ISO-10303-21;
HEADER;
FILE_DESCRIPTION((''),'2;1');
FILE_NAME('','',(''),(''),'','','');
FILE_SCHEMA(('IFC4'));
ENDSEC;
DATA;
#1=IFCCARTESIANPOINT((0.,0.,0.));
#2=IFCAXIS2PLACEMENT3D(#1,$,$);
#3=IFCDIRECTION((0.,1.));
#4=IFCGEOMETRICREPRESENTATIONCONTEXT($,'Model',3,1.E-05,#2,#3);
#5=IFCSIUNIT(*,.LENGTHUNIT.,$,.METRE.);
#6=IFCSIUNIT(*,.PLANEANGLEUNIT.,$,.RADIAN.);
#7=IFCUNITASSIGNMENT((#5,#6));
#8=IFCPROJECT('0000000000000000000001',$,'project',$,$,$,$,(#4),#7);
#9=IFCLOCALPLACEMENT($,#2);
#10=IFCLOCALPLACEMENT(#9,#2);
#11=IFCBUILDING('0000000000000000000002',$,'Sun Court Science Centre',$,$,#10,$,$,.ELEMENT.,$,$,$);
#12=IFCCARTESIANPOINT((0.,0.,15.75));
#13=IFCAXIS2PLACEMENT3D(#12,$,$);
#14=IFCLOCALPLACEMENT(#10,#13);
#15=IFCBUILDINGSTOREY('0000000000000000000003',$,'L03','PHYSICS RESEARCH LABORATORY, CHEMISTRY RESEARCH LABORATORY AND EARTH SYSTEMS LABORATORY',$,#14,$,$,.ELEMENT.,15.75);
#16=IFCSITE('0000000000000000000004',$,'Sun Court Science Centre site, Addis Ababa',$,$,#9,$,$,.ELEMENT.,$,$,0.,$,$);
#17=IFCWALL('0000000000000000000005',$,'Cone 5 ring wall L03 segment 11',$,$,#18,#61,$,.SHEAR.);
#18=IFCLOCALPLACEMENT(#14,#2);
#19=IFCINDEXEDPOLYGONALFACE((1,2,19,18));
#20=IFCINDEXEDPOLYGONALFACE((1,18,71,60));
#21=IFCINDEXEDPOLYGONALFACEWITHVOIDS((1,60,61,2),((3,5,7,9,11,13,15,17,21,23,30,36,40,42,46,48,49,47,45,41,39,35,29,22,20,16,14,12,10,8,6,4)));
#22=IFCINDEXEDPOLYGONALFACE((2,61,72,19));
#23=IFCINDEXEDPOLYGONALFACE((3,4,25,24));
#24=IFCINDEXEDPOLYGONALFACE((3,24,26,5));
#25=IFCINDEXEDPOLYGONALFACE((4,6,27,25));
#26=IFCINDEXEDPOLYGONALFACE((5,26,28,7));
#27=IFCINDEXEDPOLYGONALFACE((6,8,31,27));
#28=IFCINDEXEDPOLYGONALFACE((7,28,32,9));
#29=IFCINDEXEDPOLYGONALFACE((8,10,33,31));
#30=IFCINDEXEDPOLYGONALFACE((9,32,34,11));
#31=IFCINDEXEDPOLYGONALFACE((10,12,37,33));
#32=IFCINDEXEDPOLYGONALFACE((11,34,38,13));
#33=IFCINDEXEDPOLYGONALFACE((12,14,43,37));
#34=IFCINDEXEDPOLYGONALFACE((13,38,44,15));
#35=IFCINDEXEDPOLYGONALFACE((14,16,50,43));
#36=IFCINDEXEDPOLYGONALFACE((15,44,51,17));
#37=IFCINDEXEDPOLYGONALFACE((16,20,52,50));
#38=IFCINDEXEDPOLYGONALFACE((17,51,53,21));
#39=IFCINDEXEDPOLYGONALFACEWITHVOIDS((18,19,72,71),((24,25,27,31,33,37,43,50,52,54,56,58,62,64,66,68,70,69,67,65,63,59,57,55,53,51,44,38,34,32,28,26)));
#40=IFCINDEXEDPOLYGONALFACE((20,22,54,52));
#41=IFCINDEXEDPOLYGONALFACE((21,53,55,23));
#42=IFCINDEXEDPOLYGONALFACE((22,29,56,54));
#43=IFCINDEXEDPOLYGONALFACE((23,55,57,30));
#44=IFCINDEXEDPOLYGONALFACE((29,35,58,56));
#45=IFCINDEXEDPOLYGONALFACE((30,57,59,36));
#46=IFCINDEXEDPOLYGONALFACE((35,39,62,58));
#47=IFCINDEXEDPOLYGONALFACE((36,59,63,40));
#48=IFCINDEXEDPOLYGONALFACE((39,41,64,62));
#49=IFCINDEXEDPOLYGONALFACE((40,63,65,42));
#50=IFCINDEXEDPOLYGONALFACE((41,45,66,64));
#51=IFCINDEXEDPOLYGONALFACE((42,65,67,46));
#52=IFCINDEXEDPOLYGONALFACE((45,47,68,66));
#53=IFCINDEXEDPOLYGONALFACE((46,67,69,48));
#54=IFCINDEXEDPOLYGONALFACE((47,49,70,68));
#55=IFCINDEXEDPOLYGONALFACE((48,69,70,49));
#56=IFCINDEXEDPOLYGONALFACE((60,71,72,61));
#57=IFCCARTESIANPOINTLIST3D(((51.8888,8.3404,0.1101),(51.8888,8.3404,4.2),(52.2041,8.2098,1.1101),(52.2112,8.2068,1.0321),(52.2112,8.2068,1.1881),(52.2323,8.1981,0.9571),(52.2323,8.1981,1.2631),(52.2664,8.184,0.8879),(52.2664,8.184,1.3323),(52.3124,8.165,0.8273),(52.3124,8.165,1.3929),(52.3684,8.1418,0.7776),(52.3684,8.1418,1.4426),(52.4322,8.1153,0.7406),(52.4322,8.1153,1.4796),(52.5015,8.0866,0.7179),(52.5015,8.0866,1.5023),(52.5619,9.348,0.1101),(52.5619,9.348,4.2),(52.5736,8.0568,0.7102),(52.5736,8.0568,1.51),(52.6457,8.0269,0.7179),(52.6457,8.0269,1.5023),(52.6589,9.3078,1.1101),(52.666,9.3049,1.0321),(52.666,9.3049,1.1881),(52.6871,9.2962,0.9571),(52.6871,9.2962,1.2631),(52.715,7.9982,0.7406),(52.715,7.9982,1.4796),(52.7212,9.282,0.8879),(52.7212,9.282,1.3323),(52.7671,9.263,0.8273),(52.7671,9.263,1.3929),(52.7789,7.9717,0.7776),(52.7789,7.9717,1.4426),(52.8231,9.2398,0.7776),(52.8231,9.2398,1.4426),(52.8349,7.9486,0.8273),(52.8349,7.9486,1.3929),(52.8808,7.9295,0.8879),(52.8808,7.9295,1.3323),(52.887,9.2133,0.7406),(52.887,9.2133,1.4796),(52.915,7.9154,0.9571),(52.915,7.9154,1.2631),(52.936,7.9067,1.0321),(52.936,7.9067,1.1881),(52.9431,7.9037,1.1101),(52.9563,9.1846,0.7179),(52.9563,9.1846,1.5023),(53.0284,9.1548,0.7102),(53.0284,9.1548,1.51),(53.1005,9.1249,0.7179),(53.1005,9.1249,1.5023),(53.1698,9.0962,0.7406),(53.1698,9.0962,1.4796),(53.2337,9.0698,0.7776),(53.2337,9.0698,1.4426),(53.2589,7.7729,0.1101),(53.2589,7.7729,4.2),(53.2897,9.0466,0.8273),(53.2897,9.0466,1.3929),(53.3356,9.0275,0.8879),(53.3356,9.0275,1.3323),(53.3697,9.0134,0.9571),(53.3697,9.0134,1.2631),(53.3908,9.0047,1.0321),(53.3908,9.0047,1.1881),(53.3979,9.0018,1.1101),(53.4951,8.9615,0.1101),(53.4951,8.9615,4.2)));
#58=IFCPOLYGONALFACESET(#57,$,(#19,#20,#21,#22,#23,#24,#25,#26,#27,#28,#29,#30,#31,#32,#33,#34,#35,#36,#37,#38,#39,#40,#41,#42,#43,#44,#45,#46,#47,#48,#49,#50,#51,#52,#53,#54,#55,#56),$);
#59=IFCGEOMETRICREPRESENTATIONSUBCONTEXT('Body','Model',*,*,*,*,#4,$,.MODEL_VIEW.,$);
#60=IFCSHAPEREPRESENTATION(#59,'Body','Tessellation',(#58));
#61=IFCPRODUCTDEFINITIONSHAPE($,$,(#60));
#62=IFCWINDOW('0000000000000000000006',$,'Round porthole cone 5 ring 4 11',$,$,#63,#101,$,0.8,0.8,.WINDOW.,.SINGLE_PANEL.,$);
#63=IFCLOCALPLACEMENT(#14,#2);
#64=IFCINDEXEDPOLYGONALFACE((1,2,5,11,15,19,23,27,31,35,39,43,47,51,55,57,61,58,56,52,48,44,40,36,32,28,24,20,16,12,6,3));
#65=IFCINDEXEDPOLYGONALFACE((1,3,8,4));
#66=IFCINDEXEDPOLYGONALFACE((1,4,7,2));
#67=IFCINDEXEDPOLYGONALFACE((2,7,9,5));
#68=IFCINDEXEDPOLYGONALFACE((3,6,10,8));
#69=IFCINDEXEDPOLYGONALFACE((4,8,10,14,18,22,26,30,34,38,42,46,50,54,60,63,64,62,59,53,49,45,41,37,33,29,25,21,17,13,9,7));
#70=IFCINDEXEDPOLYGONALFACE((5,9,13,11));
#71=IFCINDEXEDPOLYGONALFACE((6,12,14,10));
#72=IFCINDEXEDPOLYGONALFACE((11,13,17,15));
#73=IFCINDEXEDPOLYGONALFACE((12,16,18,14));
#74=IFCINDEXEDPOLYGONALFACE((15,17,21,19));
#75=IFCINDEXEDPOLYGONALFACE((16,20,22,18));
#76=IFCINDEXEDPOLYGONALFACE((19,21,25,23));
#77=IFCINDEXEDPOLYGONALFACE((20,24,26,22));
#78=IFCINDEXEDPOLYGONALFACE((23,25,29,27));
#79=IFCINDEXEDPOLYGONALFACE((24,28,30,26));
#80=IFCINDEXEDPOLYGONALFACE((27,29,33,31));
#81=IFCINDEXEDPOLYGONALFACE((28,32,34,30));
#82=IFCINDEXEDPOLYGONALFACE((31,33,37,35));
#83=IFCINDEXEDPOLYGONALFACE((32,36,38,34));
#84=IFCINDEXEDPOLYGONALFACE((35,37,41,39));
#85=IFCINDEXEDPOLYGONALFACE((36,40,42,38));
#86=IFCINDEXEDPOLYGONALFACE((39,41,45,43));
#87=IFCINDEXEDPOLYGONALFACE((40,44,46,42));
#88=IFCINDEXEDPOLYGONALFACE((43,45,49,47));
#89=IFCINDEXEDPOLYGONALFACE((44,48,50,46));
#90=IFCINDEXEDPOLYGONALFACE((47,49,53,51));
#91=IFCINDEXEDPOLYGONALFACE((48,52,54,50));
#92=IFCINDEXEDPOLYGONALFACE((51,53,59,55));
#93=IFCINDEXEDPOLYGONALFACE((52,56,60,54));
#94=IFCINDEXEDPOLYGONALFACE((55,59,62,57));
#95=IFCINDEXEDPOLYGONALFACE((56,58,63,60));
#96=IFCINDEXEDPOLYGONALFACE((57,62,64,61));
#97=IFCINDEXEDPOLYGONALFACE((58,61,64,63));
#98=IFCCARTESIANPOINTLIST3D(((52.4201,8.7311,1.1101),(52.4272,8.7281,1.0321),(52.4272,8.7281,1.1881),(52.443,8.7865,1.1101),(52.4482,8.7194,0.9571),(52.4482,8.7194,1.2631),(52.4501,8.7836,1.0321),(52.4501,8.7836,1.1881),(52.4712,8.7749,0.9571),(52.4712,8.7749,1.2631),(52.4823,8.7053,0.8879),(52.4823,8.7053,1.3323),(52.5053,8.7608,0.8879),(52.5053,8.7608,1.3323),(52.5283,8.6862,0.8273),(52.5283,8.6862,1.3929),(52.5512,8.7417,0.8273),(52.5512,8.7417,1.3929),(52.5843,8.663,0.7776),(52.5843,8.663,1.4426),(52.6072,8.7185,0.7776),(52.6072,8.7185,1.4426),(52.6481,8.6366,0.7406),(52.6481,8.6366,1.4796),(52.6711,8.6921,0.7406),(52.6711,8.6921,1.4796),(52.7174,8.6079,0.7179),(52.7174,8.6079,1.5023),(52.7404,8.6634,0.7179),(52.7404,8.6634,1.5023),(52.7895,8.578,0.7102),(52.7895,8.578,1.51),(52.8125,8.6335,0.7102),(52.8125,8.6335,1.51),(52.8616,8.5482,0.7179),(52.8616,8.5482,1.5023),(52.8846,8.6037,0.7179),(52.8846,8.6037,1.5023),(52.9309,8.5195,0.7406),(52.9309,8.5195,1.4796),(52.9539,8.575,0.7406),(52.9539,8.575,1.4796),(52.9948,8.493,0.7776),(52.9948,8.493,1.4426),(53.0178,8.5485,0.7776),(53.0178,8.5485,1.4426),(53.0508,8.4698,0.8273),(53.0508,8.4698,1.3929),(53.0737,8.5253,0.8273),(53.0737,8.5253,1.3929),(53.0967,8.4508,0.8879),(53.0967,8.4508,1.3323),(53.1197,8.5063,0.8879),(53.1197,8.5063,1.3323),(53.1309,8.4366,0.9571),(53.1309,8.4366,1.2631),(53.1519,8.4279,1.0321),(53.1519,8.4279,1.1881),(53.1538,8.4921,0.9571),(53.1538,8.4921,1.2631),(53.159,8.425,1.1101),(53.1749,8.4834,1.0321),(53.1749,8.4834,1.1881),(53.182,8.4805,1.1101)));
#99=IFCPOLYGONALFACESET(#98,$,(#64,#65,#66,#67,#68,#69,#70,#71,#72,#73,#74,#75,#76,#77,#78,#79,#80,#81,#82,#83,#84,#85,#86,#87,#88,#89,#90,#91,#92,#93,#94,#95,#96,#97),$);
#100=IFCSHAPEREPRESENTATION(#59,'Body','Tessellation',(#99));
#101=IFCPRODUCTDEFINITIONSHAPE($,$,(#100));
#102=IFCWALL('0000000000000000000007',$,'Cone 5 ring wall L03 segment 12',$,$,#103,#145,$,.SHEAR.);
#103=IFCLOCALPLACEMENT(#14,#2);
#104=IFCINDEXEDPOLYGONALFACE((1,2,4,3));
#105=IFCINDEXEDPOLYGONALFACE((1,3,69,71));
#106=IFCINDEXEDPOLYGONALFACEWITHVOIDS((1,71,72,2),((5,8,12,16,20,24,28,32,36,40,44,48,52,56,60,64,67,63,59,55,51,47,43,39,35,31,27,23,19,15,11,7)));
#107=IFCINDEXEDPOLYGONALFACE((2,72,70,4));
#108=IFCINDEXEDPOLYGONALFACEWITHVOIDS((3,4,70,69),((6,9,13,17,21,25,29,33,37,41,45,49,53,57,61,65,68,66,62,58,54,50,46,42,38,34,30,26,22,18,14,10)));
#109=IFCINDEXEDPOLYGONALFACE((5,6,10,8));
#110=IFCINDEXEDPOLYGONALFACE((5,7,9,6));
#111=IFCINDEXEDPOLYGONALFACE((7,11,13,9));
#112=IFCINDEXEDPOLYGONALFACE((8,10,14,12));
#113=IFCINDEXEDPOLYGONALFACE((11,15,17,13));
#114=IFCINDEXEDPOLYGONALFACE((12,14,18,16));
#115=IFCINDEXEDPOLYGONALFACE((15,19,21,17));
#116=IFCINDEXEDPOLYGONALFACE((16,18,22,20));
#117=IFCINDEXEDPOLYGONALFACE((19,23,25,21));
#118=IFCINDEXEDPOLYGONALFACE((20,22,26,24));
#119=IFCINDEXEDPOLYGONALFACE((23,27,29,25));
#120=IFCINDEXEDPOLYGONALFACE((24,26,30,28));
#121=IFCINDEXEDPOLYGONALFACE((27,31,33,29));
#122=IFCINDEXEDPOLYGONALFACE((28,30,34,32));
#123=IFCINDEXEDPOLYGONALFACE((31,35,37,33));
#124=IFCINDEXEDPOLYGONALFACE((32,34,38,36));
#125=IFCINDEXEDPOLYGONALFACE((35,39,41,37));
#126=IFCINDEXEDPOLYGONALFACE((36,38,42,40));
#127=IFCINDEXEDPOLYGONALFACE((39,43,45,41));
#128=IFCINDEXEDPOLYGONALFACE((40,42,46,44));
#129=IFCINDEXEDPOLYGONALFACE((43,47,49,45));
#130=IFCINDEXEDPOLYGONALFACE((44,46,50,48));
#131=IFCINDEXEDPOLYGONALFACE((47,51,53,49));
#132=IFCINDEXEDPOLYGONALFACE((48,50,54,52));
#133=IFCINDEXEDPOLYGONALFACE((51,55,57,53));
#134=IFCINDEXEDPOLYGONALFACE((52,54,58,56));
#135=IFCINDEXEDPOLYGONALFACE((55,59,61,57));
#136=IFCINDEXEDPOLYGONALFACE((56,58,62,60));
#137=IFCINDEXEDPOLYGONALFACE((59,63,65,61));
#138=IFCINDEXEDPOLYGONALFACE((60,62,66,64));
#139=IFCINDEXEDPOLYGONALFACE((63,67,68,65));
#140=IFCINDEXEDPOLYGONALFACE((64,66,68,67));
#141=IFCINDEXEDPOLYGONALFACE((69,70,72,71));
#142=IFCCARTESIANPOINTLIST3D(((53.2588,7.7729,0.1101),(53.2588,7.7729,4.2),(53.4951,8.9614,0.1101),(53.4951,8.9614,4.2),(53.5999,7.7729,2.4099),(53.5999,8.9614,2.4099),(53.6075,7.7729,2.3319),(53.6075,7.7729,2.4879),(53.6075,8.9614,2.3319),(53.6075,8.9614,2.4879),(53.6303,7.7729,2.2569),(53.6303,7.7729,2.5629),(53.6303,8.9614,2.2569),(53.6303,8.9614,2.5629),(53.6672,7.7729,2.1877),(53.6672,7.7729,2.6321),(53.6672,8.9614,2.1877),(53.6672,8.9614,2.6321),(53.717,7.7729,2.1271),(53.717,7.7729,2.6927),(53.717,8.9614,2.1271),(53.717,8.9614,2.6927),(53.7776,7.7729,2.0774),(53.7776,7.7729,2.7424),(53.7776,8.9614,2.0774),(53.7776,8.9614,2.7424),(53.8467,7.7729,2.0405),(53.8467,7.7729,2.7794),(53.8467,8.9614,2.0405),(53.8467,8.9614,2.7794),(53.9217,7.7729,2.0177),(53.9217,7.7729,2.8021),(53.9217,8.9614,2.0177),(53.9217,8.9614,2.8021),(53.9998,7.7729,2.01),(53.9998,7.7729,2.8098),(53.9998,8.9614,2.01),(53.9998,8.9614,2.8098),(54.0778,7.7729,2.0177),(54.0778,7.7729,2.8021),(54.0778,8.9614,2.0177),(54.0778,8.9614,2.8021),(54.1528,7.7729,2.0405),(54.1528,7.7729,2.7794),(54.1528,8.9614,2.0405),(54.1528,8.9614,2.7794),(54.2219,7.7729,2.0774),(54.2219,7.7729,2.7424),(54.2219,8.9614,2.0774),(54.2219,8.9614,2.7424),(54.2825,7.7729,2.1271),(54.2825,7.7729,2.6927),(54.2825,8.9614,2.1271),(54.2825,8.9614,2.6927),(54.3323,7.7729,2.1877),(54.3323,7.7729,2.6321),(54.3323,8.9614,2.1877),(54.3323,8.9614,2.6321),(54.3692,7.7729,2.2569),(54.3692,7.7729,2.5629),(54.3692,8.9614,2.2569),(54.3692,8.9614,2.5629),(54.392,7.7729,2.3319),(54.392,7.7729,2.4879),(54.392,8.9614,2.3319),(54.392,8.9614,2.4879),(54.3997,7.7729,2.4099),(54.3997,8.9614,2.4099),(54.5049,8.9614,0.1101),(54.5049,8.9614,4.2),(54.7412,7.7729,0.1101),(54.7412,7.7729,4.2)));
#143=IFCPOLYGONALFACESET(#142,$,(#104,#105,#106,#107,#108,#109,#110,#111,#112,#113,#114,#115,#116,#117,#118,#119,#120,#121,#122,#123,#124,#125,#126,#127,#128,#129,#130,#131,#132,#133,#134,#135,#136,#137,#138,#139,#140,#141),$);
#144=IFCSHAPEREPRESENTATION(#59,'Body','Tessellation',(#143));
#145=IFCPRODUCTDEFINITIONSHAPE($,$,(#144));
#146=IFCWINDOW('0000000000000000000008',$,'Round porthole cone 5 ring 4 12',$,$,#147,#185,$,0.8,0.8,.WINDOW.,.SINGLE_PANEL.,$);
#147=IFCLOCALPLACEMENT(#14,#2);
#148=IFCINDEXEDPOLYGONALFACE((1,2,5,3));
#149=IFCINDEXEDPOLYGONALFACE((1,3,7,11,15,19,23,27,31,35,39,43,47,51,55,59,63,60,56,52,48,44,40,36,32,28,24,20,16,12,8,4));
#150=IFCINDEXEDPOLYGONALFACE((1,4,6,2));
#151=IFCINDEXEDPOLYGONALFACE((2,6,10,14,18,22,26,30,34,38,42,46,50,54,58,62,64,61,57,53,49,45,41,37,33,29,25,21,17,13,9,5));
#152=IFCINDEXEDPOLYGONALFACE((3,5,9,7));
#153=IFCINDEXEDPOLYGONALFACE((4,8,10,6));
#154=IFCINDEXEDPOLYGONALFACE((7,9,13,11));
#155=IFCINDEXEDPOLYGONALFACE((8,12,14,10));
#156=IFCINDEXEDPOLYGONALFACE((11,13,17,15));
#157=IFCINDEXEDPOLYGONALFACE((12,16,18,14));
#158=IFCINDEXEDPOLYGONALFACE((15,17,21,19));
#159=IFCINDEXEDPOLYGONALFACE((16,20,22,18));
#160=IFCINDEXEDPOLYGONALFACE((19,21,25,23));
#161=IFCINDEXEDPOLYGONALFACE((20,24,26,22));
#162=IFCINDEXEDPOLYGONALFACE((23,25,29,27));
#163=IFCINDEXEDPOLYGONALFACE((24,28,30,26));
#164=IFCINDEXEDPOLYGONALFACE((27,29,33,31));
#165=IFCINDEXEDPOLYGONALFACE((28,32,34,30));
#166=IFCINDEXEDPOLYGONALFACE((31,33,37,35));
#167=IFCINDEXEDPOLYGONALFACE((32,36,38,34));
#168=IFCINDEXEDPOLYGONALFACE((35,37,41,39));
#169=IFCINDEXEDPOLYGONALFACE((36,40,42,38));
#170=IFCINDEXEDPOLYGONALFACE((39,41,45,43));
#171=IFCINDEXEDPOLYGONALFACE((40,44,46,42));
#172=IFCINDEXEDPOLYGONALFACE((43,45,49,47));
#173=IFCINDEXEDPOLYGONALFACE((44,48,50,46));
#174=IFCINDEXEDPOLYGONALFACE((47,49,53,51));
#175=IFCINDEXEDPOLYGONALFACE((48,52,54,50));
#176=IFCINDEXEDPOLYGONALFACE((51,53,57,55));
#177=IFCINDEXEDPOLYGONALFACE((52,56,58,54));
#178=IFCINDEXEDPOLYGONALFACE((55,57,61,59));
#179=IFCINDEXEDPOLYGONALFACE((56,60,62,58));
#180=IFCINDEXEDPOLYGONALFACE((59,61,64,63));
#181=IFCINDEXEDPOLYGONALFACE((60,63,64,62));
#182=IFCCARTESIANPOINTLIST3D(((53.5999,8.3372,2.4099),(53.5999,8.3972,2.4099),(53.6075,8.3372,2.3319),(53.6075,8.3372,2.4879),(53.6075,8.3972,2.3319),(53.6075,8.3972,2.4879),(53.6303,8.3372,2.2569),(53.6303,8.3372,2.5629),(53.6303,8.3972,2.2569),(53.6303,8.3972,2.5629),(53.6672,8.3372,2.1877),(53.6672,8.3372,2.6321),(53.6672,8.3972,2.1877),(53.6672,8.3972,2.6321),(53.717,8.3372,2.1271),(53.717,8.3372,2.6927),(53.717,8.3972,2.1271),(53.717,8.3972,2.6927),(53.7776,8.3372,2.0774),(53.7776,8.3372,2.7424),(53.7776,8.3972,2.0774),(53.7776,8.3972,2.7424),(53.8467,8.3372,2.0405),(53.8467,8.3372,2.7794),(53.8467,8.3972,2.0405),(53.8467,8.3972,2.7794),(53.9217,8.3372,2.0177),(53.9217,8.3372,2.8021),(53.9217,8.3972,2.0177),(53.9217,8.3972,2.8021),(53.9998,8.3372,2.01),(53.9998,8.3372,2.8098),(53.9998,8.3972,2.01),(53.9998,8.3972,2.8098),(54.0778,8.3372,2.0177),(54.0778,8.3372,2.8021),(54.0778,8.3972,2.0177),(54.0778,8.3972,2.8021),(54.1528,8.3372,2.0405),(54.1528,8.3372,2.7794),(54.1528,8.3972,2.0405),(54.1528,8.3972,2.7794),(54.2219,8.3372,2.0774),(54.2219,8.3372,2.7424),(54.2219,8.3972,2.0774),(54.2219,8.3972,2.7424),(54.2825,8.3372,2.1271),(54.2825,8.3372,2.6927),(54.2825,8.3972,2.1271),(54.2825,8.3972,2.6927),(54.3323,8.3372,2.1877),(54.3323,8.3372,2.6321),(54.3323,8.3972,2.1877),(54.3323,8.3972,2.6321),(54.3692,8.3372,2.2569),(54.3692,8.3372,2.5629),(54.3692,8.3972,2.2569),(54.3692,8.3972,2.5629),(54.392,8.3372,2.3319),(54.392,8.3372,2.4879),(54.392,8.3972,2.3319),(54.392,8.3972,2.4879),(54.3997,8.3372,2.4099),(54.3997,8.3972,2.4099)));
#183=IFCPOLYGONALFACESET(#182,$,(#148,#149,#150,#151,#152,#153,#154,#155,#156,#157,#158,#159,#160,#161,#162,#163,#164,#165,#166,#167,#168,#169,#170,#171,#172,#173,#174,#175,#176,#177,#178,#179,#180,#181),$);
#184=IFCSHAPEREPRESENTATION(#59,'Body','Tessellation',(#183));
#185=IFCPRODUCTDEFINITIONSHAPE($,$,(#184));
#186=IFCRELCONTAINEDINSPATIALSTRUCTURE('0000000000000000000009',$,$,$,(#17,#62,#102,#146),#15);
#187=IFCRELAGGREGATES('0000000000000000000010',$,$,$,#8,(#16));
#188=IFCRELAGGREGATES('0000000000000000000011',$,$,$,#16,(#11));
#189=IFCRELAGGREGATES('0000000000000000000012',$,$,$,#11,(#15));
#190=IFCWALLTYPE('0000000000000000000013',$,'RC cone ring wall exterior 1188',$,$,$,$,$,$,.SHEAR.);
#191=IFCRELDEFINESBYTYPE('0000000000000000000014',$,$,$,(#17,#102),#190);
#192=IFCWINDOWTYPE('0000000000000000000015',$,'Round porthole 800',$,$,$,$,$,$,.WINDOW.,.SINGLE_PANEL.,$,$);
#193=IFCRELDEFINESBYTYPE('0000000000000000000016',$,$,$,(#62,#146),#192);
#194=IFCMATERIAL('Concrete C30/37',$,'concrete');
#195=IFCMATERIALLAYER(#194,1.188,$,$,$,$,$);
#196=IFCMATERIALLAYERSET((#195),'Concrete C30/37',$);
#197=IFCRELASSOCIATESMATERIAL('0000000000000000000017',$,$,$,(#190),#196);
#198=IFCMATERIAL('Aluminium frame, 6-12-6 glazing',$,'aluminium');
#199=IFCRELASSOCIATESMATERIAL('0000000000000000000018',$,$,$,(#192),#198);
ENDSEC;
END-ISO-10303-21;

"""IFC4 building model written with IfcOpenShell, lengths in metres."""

from ifc_helpers import new_model, si_unit, direction, frame, frame_2d, origin, place, context, subcontext, project, spatial, polyline, circle, outline, extrude, material, layer, layer_set, type_object, element, fill, save


model = new_model("IFC4")

# Units and contexts
model_context = context("Model", 3, precision=1e-05, world=origin(), true_north=direction((0.0, 1.0)))
body_context = subcontext(model_context, "Body", "Model", "MODEL_VIEW")
ifc_project = project(units=[si_unit("LENGTHUNIT", "METRE"), si_unit("PLANEANGLEUNIT", "RADIAN")], contexts=[model_context])

# Site, building, storey
site_placement = place(None, origin())
site = spatial("IfcSite", under=ifc_project, at=site_placement, Name="Sun Court Science Centre site, Addis Ababa", CompositionType="ELEMENT", RefElevation=0.0)
building_placement = place(site_placement, origin())
building = spatial("IfcBuilding", under=site, at=building_placement, Name="Sun Court Science Centre", CompositionType="ELEMENT")
storey_placement = place(building_placement, frame((0.0, 0.0, 15.75)))
storey = spatial("IfcBuildingStorey", under=building, at=storey_placement, Name="L03", Description="PHYSICS RESEARCH LABORATORY, CHEMISTRY RESEARCH LABORATORY AND EARTH SYSTEMS LABORATORY", CompositionType="ELEMENT", Elevation=15.75)

# Walls, openings, windows
ifc_material_1 = material(Name="Concrete C30/37", Category="concrete")
ifc_layer = layer(ifc_material_1, 1.188)
ifc_layer_set = layer_set([ifc_layer], Name="Concrete C30/37")
wall_type = type_object("IfcWallType", Name="RC cone ring wall exterior 1188", PredefinedType="SHEAR", material=ifc_layer_set)
ifc_material_2 = material(Name="Aluminium frame, 6-12-6 glazing", Category="aluminium")
window_type = type_object("IfcWindowType", Name="Round porthole 800", PartitioningType="SINGLE_PANEL", PredefinedType="WINDOW", material=ifc_material_2)
wall_1_placement = place(storey_placement, frame((52.1162, 8.8894, 0.1101), z_axis=(0.0, 0.0, 1.0), x_axis=(0.923888, -0.382662, 0.0)))
wall_1 = element("IfcWall", 1, at=wall_1_placement, inside=storey, type_object=wall_type, Name="Cone 5 ring wall L03 segment 11", PredefinedType="SHEAR", context=body_context, shape_type="SweptSolid", body=[
    extrude(outline(polyline([(0.0, -0.5942), (1.4829, -0.5942), (1.2463, 0.5942), (0.2363, 0.5942), (0.0, -0.5942)])), origin(), (0.0, 0.0, 1.0), 4.0898),
])
opening_1_placement = place(wall_1_placement, frame((0.3413, 0.0, 0.6001)))
opening_1 = element("IfcOpeningElement", 2, at=opening_1_placement, cuts=wall_1, PredefinedType="OPENING", context=body_context, shape_type="SweptSolid", body=[
    extrude(circle(Radius=0.3999, at=frame_2d((0.3999, 0.3999))), frame((0.0, 0.6042, 0.0), z_axis=(0.0, -1.0, 0.0), x_axis=(1.0, 0.0, 0.0)), (0.0, 0.0, 1.0), 1.2085),
])
window_1_placement = place(opening_1_placement, origin())
window_1 = element("IfcWindow", 3, at=window_1_placement, inside=storey, type_object=window_type, Name="Round porthole cone 5 ring 4 11", OverallHeight=0.8, OverallWidth=0.8, PartitioningType="SINGLE_PANEL", PredefinedType="WINDOW", context=body_context, shape_type="SweptSolid", body=[
    extrude(circle(Radius=0.3999, at=frame_2d((0.3999, 0.3999))), frame((0.0, 0.03, 0.0), z_axis=(0.0, -1.0, 0.0), x_axis=(1.0, 0.0, 0.0)), (0.0, 0.0, 1.0), 0.0601),
])
fill(opening_1, window_1)
wall_2_placement = place(storey_placement, frame((53.2585, 8.3672, 0.1101), z_axis=(0.0, 0.0, 1.0), x_axis=(1.0, 0.0, 0.0)))
wall_2 = element("IfcWall", 4, at=wall_2_placement, inside=storey, type_object=wall_type, Name="Cone 5 ring wall L03 segment 12", PredefinedType="SHEAR", context=body_context, shape_type="SweptSolid", body=[
    extrude(outline(polyline([(0.0002, -0.5942), (1.4827, -0.5942), (1.2463, 0.5942), (0.2366, 0.5942), (0.0002, -0.5942)])), origin(), (0.0, 0.0, 1.0), 4.0898),
])
opening_2_placement = place(wall_2_placement, frame((0.3413, 0.0, 1.8999)))
opening_2 = element("IfcOpeningElement", 5, at=opening_2_placement, cuts=wall_2, PredefinedType="OPENING", context=body_context, shape_type="SweptSolid", body=[
    extrude(circle(Radius=0.3999, at=frame_2d((0.3999, 0.3999))), frame((0.0, 0.6042, 0.0), z_axis=(0.0, -1.0, 0.0), x_axis=(1.0, 0.0, 0.0)), (0.0, 0.0, 1.0), 1.2085),
])
window_2_placement = place(opening_2_placement, origin())
window_2 = element("IfcWindow", 6, at=window_2_placement, inside=storey, type_object=window_type, Name="Round porthole cone 5 ring 4 12", OverallHeight=0.8, OverallWidth=0.8, PartitioningType="SINGLE_PANEL", PredefinedType="WINDOW", context=body_context, shape_type="SweptSolid", body=[
    extrude(circle(Radius=0.3999, at=frame_2d((0.3999, 0.3999))), frame((0.0, 0.03, 0.0), z_axis=(0.0, -1.0, 0.0), x_axis=(1.0, 0.0, 0.0)), (0.0, 0.0, 1.0), 0.0601),
])
fill(opening_2, window_2)

save(model, "model.ifc")
